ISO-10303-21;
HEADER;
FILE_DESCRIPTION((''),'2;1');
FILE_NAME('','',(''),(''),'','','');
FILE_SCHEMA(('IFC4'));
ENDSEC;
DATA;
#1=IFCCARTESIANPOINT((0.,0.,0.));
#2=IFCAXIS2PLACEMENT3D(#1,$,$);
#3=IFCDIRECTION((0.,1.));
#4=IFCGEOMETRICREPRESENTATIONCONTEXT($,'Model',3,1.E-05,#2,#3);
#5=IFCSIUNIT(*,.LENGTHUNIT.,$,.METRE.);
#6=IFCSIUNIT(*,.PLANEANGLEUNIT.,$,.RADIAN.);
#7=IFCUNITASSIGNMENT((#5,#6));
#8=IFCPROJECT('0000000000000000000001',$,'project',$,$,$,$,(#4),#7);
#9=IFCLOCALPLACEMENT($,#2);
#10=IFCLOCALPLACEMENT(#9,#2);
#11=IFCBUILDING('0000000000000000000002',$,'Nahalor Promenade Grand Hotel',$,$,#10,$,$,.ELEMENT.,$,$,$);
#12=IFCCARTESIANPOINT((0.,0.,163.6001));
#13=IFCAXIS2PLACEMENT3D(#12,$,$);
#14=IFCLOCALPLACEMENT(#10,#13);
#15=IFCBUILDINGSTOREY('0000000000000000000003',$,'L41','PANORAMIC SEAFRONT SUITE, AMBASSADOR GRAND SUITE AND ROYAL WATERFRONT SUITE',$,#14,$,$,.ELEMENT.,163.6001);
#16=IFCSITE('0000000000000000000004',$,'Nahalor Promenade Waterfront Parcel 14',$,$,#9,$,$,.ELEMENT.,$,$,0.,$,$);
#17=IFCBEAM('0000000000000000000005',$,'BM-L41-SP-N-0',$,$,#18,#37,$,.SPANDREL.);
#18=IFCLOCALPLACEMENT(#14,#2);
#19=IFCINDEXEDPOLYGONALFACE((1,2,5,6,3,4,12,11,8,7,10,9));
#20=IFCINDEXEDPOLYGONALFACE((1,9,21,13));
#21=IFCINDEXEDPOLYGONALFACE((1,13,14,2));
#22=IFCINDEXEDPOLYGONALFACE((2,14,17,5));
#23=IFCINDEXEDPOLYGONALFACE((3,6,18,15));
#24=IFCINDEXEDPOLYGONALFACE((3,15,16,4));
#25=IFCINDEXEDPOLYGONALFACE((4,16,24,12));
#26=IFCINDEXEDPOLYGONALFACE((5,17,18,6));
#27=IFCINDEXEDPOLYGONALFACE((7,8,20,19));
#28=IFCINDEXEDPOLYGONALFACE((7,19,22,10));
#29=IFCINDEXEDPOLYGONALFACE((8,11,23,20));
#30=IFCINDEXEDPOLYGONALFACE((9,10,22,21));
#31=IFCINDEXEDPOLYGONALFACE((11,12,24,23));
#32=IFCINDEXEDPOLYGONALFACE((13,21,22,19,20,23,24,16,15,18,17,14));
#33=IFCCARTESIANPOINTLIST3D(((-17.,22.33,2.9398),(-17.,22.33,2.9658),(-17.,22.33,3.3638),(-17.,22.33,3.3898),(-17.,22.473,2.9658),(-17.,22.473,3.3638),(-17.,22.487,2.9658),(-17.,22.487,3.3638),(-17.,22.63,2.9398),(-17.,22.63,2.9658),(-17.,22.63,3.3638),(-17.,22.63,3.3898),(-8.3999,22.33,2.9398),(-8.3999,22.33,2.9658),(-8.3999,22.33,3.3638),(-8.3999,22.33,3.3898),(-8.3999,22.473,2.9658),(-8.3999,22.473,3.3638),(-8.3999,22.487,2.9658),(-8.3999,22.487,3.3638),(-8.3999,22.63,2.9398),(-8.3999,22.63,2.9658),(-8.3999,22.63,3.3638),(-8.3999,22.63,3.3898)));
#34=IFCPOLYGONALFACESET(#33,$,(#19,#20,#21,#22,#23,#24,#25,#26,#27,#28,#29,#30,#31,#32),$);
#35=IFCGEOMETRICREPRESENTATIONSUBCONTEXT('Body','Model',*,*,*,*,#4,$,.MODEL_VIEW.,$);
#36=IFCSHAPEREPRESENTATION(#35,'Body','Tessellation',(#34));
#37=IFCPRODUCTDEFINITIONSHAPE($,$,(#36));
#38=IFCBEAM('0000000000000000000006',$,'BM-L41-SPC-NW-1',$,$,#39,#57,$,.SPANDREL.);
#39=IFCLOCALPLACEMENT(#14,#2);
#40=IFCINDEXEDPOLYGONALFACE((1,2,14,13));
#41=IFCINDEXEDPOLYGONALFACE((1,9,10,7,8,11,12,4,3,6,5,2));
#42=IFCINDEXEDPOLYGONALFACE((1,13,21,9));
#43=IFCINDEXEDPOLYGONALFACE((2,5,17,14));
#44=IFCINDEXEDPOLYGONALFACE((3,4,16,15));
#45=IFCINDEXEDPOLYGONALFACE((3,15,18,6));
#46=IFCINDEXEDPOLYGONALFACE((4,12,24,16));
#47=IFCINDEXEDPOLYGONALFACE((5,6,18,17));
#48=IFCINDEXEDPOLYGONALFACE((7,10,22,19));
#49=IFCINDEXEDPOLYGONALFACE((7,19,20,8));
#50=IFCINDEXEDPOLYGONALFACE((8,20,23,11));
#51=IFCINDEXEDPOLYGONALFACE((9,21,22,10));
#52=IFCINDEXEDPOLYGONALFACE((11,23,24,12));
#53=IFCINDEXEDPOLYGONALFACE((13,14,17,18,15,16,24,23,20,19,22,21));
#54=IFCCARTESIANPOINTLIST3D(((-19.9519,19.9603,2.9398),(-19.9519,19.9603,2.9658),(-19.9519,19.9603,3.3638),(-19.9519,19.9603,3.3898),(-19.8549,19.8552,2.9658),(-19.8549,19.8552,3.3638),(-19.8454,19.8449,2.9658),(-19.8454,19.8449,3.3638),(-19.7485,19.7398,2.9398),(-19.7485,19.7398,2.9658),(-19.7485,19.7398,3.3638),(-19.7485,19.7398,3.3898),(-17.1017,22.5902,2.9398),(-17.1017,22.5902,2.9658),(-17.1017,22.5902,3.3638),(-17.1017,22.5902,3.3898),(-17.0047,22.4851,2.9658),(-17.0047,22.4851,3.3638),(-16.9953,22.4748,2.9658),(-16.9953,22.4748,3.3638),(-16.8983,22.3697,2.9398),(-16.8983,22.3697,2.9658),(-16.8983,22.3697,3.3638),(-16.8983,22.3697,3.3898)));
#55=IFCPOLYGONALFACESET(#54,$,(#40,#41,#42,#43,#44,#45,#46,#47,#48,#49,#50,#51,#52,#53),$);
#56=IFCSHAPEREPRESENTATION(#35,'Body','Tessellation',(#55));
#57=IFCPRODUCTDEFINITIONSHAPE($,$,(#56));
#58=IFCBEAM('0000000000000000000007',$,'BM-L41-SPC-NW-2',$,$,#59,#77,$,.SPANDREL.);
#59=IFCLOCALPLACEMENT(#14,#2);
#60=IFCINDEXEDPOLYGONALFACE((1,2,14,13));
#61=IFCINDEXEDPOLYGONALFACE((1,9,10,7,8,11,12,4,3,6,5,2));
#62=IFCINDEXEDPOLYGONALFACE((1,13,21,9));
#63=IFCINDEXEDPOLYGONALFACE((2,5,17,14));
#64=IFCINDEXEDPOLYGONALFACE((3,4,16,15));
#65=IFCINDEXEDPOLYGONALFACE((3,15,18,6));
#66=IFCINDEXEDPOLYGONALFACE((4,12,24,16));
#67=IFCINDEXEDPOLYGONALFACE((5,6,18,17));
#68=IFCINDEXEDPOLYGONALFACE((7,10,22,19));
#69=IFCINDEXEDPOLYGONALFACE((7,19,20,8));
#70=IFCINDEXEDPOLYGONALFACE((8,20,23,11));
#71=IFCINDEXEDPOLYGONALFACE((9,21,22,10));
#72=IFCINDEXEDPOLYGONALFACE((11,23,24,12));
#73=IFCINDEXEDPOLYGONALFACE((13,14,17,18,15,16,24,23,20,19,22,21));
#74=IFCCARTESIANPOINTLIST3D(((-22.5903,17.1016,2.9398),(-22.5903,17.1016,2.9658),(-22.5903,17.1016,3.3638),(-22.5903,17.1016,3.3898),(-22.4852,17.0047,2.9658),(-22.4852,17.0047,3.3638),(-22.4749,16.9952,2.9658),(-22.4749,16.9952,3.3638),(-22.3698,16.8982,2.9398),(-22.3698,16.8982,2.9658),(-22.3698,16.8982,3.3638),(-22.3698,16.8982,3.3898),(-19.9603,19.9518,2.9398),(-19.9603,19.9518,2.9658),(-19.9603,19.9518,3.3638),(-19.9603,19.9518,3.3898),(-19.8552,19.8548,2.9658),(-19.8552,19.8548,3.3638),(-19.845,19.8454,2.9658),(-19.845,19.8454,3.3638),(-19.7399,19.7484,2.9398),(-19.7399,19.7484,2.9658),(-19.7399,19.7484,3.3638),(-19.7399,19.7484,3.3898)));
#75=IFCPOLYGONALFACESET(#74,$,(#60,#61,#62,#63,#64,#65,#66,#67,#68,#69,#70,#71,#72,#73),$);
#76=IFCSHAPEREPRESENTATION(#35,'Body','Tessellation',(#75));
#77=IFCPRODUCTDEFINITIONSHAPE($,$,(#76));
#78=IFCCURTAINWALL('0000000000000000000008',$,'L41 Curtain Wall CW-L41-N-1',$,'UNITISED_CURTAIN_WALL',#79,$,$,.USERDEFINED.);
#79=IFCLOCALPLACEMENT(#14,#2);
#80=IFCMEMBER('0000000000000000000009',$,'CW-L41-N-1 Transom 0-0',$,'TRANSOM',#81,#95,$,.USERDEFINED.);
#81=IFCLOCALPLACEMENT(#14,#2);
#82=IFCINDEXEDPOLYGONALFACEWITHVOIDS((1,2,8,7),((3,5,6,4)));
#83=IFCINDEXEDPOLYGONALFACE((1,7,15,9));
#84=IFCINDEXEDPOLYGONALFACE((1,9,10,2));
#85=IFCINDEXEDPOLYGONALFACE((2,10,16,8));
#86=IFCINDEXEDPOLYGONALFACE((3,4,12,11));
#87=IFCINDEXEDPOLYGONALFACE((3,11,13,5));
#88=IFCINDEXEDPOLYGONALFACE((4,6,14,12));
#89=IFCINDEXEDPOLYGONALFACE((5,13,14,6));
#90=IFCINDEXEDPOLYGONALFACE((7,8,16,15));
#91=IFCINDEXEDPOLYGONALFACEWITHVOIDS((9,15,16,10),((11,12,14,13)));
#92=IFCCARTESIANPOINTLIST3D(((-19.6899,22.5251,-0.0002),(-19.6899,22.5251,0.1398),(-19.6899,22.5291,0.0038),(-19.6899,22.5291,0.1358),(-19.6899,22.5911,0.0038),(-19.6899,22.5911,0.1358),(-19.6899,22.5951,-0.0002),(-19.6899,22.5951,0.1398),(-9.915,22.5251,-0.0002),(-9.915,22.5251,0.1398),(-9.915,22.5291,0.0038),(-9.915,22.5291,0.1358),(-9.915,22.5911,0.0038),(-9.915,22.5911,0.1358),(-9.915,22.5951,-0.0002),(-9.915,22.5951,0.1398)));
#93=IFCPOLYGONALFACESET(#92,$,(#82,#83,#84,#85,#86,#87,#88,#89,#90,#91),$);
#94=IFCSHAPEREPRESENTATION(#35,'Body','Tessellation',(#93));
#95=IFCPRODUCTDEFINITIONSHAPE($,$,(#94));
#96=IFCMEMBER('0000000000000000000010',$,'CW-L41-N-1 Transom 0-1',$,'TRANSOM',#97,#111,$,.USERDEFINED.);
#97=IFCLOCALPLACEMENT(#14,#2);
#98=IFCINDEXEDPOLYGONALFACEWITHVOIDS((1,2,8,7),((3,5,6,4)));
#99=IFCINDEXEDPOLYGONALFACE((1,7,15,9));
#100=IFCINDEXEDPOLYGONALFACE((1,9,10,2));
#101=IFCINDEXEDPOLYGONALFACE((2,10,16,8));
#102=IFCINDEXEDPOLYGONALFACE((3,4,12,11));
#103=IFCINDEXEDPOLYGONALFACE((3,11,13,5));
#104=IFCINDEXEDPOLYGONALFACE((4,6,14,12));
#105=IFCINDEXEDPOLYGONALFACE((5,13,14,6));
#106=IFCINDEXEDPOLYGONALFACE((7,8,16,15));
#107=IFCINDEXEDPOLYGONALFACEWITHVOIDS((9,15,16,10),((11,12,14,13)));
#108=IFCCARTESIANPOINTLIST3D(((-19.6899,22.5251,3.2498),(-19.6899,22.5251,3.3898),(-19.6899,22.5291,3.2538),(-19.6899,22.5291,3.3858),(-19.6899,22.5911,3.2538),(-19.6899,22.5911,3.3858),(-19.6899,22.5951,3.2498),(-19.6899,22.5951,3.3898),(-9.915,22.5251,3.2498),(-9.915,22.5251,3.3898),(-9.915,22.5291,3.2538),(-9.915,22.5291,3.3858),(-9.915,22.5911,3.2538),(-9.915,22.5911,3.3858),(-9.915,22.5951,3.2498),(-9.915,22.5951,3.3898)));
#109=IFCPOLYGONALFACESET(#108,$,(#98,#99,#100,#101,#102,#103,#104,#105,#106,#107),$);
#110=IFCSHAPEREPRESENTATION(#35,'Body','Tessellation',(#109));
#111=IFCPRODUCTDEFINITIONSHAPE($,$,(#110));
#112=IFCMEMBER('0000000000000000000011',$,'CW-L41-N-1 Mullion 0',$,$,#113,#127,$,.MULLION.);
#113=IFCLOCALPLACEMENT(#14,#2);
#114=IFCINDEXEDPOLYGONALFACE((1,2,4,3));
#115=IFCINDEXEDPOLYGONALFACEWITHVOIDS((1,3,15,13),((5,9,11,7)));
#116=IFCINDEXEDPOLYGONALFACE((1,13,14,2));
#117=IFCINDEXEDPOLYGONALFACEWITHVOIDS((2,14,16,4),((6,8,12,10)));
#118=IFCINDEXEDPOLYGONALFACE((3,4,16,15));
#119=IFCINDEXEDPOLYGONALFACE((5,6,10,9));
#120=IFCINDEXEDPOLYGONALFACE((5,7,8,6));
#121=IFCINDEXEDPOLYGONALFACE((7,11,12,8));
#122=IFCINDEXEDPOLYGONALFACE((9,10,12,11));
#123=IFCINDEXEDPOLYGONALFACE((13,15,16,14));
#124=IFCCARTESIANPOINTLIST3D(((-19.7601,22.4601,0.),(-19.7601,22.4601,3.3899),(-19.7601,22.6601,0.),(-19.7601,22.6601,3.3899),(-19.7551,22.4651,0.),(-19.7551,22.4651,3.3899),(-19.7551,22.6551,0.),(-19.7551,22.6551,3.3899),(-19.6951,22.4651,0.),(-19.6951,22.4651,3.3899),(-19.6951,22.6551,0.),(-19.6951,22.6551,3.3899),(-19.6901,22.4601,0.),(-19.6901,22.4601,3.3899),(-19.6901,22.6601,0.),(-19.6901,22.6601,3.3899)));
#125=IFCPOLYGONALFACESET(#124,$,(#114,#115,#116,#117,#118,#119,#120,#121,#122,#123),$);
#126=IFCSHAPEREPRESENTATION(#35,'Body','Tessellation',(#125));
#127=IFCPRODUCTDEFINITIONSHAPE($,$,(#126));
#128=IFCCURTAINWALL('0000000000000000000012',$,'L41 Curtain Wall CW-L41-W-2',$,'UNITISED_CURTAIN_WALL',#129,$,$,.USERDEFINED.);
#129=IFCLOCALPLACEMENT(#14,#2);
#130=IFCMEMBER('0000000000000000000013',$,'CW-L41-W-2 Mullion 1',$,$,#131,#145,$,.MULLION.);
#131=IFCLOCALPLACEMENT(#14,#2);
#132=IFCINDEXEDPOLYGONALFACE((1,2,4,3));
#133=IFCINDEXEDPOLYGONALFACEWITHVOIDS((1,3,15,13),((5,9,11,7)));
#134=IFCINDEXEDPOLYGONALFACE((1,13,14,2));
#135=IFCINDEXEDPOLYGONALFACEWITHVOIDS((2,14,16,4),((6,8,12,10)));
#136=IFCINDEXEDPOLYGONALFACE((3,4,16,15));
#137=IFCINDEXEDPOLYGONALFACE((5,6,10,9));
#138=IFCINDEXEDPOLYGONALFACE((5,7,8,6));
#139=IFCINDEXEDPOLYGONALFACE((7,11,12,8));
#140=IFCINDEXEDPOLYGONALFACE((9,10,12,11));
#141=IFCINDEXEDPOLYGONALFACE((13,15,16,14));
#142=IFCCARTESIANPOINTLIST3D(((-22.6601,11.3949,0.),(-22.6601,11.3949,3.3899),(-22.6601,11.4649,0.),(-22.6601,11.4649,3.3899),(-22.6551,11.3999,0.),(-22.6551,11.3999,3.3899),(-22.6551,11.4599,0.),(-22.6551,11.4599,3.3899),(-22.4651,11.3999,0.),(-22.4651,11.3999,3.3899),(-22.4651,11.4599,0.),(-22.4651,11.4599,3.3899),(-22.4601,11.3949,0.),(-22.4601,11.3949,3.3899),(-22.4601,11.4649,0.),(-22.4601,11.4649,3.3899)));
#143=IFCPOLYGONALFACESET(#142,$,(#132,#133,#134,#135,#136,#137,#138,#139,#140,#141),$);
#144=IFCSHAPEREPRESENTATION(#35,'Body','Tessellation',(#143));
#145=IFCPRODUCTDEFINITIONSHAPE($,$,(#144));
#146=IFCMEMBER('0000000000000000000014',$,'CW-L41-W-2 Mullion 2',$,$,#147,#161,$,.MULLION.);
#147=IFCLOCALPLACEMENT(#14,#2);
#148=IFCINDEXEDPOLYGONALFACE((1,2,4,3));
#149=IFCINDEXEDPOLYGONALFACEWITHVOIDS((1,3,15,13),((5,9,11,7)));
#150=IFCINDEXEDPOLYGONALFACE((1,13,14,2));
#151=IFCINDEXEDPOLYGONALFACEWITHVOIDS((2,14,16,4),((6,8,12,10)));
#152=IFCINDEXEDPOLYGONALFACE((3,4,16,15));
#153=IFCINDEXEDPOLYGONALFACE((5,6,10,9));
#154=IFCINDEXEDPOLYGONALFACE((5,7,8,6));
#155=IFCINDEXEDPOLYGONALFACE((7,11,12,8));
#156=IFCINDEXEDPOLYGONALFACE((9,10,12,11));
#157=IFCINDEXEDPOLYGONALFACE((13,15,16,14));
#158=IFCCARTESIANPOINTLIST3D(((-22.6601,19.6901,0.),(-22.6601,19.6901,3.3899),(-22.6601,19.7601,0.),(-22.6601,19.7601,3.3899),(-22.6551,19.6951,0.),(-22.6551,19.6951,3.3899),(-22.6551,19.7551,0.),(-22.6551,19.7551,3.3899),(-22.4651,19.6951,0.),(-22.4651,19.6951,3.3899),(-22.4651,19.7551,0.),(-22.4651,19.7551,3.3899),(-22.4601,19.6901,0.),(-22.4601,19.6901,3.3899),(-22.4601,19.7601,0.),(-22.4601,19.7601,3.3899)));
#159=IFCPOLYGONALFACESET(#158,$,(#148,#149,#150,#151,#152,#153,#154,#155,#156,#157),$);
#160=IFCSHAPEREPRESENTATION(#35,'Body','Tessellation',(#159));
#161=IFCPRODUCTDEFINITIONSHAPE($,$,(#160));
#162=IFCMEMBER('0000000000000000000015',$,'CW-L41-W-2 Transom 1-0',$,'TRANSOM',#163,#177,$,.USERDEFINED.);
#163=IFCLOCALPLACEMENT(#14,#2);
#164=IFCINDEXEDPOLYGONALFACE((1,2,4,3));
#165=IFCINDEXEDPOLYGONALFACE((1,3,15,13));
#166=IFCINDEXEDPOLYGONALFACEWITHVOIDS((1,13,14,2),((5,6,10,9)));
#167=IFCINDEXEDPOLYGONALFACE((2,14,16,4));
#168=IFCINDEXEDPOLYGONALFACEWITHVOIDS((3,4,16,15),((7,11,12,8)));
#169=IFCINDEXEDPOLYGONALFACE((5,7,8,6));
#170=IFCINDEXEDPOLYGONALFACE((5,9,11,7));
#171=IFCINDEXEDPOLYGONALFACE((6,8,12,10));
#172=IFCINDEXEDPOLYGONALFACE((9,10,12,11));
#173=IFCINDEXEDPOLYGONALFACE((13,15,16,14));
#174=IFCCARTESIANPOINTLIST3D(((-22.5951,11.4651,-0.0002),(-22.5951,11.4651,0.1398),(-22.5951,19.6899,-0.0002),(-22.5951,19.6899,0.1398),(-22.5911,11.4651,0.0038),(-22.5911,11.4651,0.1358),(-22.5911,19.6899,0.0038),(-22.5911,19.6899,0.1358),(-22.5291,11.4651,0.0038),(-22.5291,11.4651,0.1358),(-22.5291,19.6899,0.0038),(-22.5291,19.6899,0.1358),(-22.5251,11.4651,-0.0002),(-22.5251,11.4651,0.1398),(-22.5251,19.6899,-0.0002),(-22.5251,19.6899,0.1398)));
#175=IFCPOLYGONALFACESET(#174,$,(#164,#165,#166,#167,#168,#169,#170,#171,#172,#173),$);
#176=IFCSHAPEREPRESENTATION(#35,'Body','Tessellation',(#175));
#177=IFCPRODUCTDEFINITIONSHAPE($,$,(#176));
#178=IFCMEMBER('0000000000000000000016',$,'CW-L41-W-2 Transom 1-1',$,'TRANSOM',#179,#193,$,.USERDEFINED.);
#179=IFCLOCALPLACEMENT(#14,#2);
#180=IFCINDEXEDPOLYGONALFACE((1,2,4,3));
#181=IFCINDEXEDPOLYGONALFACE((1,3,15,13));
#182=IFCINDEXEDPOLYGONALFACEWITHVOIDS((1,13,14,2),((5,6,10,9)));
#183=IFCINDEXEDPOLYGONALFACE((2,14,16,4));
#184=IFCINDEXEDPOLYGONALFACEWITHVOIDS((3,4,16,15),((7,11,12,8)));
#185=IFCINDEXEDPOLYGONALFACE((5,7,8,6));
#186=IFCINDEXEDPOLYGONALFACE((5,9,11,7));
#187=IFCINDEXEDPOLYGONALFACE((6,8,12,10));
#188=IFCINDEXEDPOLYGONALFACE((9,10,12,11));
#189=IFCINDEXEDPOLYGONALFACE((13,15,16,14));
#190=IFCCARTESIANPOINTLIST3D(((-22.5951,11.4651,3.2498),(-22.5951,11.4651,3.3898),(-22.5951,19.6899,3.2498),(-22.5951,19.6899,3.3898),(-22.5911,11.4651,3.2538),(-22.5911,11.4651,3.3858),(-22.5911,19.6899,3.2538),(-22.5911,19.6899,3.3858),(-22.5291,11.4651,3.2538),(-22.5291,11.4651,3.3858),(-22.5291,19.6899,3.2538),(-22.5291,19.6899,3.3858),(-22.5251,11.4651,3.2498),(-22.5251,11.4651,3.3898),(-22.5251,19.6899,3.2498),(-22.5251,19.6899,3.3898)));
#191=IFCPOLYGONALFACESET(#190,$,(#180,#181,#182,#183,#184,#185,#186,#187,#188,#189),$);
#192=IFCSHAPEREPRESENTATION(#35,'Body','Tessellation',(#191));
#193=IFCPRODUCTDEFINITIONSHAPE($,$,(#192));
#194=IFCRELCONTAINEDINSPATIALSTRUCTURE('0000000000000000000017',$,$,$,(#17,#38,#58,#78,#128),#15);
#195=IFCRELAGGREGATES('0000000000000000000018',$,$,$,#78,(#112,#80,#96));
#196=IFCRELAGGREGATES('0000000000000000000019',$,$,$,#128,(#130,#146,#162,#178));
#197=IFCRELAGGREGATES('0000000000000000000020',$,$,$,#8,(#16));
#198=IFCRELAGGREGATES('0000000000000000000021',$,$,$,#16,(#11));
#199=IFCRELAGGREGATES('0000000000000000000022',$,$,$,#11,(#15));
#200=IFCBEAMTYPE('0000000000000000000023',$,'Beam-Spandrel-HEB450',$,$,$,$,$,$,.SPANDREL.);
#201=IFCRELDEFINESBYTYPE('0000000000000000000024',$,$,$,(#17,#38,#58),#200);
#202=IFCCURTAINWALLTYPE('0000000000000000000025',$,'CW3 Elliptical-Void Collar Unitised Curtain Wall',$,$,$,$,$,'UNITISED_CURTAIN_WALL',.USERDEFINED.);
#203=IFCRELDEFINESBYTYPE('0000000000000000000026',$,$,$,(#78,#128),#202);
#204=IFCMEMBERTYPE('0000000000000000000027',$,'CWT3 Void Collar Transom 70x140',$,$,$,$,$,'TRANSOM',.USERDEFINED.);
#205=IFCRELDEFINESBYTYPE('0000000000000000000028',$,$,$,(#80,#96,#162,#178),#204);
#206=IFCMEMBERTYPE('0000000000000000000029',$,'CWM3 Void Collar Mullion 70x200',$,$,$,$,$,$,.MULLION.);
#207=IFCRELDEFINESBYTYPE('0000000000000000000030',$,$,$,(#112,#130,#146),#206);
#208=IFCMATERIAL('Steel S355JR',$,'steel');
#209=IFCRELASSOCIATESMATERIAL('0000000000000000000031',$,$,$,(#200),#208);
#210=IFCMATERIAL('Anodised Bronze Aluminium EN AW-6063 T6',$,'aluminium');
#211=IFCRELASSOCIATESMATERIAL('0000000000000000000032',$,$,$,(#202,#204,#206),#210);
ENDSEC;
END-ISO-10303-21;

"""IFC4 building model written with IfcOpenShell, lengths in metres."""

from ifc_helpers import new_model, si_unit, direction, frame, origin, origin_2d, place, context, subcontext, project, spatial, hollow_rectangle, i_section, extrude, source, transform, mapped, material, material_profile, profile_set, type_object, element, aggregate, save


model = new_model("IFC4")

# Units and contexts
model_context = context("Model", 3, precision=1e-05, world=origin(), true_north=direction((0.0, 1.0)))
body_context = subcontext(model_context, "Body", "Model", "MODEL_VIEW")
ifc_project = project(units=[si_unit("LENGTHUNIT", "METRE"), si_unit("PLANEANGLEUNIT", "RADIAN")], contexts=[model_context])

# Site, building, storey
site_placement = place(None, origin())
site = spatial("IfcSite", under=ifc_project, at=site_placement, Name="Nahalor Promenade Waterfront Parcel 14", CompositionType="ELEMENT", RefElevation=0.0)
building_placement = place(site_placement, origin())
building = spatial("IfcBuilding", under=site, at=building_placement, Name="Nahalor Promenade Grand Hotel", CompositionType="ELEMENT")
storey_placement = place(building_placement, frame((0.0, 0.0, 163.6001)))
storey = spatial("IfcBuildingStorey", under=building, at=storey_placement, Name="L41", Description="PANORAMIC SEAFRONT SUITE, AMBASSADOR GRAND SUITE AND ROYAL WATERFRONT SUITE", CompositionType="ELEMENT", Elevation=163.6001)

# Beams
ifc_material_1 = material(Name="Steel S355JR", Category="steel")
ifc_material_profile_1 = material_profile(ifc_material_1, i_section(OverallWidth=0.3, OverallDepth=0.45, WebThickness=0.014, FlangeThickness=0.026, at=origin_2d()), Name="HEB 450")
ifc_profile_set_1 = profile_set([ifc_material_profile_1], Name="Steel S355JR")
beam_type_1 = type_object("IfcBeamType", Name="Beam-Spandrel-HEB450", PredefinedType="SPANDREL", material=ifc_profile_set_1)
shared_shape_1 = source(origin(), body_context, "Body", "SweptSolid", [
    extrude(i_section(OverallWidth=0.3, OverallDepth=0.45, WebThickness=0.014, FlangeThickness=0.026, at=origin_2d()), origin(), (0.0, 0.0, 1.0), 8.6001),
])
beam_1_placement = place(storey_placement, frame((-17.0, 22.48, 3.1648), z_axis=(1.0, 0.0, 0.0), x_axis=(0.0, 1.0, 0.0)))
element("IfcBeam", 1, at=beam_1_placement, inside=storey, type_object=beam_type_1, Name="BM-L41-SP-N-0", PredefinedType="SPANDREL", context=body_context, shape_type="MappedRepresentation", body=[
    mapped(shared_shape_1, transform((0.0, 0.0, 0.0), scale=1.0)),
])
shared_shape_2 = source(origin(), body_context, "Body", "SweptSolid", [
    extrude(i_section(OverallWidth=0.3, OverallDepth=0.45, WebThickness=0.014, FlangeThickness=0.026, at=origin_2d()), origin(), (0.0, 0.0, 1.0), 3.8782),
])
for number, where, z_axis, x_axis, name in (
    (2, (-17.0, 22.48, 3.1648), (-0.734929, -0.678144, 0.0), (0.678144, -0.734929, 0.0), "BM-L41-SPC-NW-1"),
    (3, (-19.8501, 19.8501, 3.1648), (-0.678144, -0.734929, 0.0), (0.734929, -0.678144, 0.0), "BM-L41-SPC-NW-2"),
):
    element("IfcBeam", number, at=place(storey_placement, frame(where, z_axis=z_axis, x_axis=x_axis)), inside=storey, type_object=beam_type_1, Name=name, PredefinedType="SPANDREL", context=body_context, shape_type="MappedRepresentation", body=[
        mapped(shared_shape_2, transform((0.0, 0.0, 0.0), scale=1.0)),
    ])

# Curtain walls, members
ifc_material_2 = material(Name="Anodised Bronze Aluminium EN AW-6063 T6", Category="aluminium")
curtain_wall_type = type_object("IfcCurtainWallType", Name="CW3 Elliptical-Void Collar Unitised Curtain Wall", ElementType="UNITISED_CURTAIN_WALL", PredefinedType="USERDEFINED", material=ifc_material_2)
curtain_wall_1_placement = place(storey_placement, origin())
curtain_wall_1 = element("IfcCurtainWall", 4, at=curtain_wall_1_placement, inside=storey, type_object=curtain_wall_type, Name="L41 Curtain Wall CW-L41-N-1", ObjectType="UNITISED_CURTAIN_WALL", PredefinedType="USERDEFINED")
ifc_material_profile_2 = material_profile(ifc_material_2, hollow_rectangle(XDim=0.07, YDim=0.14, WallThickness=0.004, at=origin_2d()), Name="CWT 70x140x4")
ifc_profile_set_2 = profile_set([ifc_material_profile_2], Name="Anodised Bronze Aluminium EN AW-6063 T6")
member_type_1 = type_object("IfcMemberType", Name="CWT3 Void Collar Transom 70x140", ElementType="TRANSOM", PredefinedType="USERDEFINED", material=ifc_profile_set_2)
shared_shape_3 = source(origin(), body_context, "Body", "SweptSolid", [
    extrude(hollow_rectangle(XDim=0.07, YDim=0.14, WallThickness=0.004, at=origin_2d()), origin(), (0.0, 0.0, 1.0), 9.7749),
])
member_1_placement = place(storey_placement, frame((-19.6899, 22.5601, 0.0698), z_axis=(1.0, 0.0, 0.0), x_axis=(0.0, 1.0, 0.0)))
member_1 = element("IfcMember", 5, at=member_1_placement, type_object=member_type_1, Name="CW-L41-N-1 Transom 0-0", ObjectType="TRANSOM", PredefinedType="USERDEFINED", context=body_context, shape_type="MappedRepresentation", body=[
    mapped(shared_shape_3, transform((0.0, 0.0, 0.0), scale=1.0)),
])
member_2_placement = place(storey_placement, frame((-19.6899, 22.5601, 3.3198), z_axis=(1.0, 0.0, 0.0), x_axis=(0.0, 1.0, 0.0)))
member_2 = element("IfcMember", 6, at=member_2_placement, type_object=member_type_1, Name="CW-L41-N-1 Transom 0-1", ObjectType="TRANSOM", PredefinedType="USERDEFINED", context=body_context, shape_type="MappedRepresentation", body=[
    mapped(shared_shape_3, transform((0.0, 0.0, 0.0), scale=1.0)),
])
ifc_material_profile_3 = material_profile(ifc_material_2, hollow_rectangle(XDim=0.07, YDim=0.2, WallThickness=0.005, at=origin_2d()), Name="CWM 70x200x5")
ifc_profile_set_3 = profile_set([ifc_material_profile_3], Name="Anodised Bronze Aluminium EN AW-6063 T6")
member_type_2 = type_object("IfcMemberType", Name="CWM3 Void Collar Mullion 70x200", PredefinedType="MULLION", material=ifc_profile_set_3)
shared_shape_4 = source(origin(), body_context, "Body", "SweptSolid", [
    extrude(hollow_rectangle(XDim=0.07, YDim=0.2, WallThickness=0.005, at=origin_2d()), origin(), (0.0, 0.0, 1.0), 3.3899),
])
member_3_placement = place(storey_placement, frame((-19.7251, 22.5601, 0.0), z_axis=(0.0, 0.0, 1.0), x_axis=(1.0, 0.0, 0.0)))
member_3 = element("IfcMember", 7, at=member_3_placement, type_object=member_type_2, Name="CW-L41-N-1 Mullion 0", PredefinedType="MULLION", context=body_context, shape_type="MappedRepresentation", body=[
    mapped(shared_shape_4, transform((0.0, 0.0, 0.0), scale=1.0)),
])
curtain_wall_2_placement = place(storey_placement, origin())
curtain_wall_2 = element("IfcCurtainWall", 8, at=curtain_wall_2_placement, inside=storey, type_object=curtain_wall_type, Name="L41 Curtain Wall CW-L41-W-2", ObjectType="UNITISED_CURTAIN_WALL", PredefinedType="USERDEFINED")
member_4_placement = place(storey_placement, frame((-22.5601, 11.4299, 0.0), z_axis=(0.0, 0.0, 1.0), x_axis=(0.0, 1.0, 0.0)))
member_4 = element("IfcMember", 9, at=member_4_placement, type_object=member_type_2, Name="CW-L41-W-2 Mullion 1", PredefinedType="MULLION", context=body_context, shape_type="MappedRepresentation", body=[
    mapped(shared_shape_4, transform((0.0, 0.0, 0.0), scale=1.0)),
])
member_5_placement = place(storey_placement, frame((-22.5601, 19.7251, 0.0), z_axis=(0.0, 0.0, 1.0), x_axis=(0.0, 1.0, 0.0)))
member_5 = element("IfcMember", 10, at=member_5_placement, type_object=member_type_2, Name="CW-L41-W-2 Mullion 2", PredefinedType="MULLION", context=body_context, shape_type="MappedRepresentation", body=[
    mapped(shared_shape_4, transform((0.0, 0.0, 0.0), scale=1.0)),
])
shared_shape_5 = source(origin(), body_context, "Body", "SweptSolid", [
    extrude(hollow_rectangle(XDim=0.07, YDim=0.14, WallThickness=0.004, at=origin_2d()), origin(), (0.0, 0.0, 1.0), 8.2249),
])
member_6_placement = place(storey_placement, frame((-22.5601, 11.4651, 0.0698), z_axis=(0.0, 1.0, 0.0), x_axis=(-1.0, 0.0, 0.0)))
member_6 = element("IfcMember", 11, at=member_6_placement, type_object=member_type_1, Name="CW-L41-W-2 Transom 1-0", ObjectType="TRANSOM", PredefinedType="USERDEFINED", context=body_context, shape_type="MappedRepresentation", body=[
    mapped(shared_shape_5, transform((0.0, 0.0, 0.0), scale=1.0)),
])
member_7_placement = place(storey_placement, frame((-22.5601, 11.4651, 3.3198), z_axis=(0.0, 1.0, 0.0), x_axis=(-1.0, 0.0, 0.0)))
member_7 = element("IfcMember", 12, at=member_7_placement, type_object=member_type_1, Name="CW-L41-W-2 Transom 1-1", ObjectType="TRANSOM", PredefinedType="USERDEFINED", context=body_context, shape_type="MappedRepresentation", body=[
    mapped(shared_shape_5, transform((0.0, 0.0, 0.0), scale=1.0)),
])

aggregate(curtain_wall_1, [member_3, member_1, member_2])
aggregate(curtain_wall_2, [member_4, member_5, member_6, member_7])

save(model, "model.ifc")
